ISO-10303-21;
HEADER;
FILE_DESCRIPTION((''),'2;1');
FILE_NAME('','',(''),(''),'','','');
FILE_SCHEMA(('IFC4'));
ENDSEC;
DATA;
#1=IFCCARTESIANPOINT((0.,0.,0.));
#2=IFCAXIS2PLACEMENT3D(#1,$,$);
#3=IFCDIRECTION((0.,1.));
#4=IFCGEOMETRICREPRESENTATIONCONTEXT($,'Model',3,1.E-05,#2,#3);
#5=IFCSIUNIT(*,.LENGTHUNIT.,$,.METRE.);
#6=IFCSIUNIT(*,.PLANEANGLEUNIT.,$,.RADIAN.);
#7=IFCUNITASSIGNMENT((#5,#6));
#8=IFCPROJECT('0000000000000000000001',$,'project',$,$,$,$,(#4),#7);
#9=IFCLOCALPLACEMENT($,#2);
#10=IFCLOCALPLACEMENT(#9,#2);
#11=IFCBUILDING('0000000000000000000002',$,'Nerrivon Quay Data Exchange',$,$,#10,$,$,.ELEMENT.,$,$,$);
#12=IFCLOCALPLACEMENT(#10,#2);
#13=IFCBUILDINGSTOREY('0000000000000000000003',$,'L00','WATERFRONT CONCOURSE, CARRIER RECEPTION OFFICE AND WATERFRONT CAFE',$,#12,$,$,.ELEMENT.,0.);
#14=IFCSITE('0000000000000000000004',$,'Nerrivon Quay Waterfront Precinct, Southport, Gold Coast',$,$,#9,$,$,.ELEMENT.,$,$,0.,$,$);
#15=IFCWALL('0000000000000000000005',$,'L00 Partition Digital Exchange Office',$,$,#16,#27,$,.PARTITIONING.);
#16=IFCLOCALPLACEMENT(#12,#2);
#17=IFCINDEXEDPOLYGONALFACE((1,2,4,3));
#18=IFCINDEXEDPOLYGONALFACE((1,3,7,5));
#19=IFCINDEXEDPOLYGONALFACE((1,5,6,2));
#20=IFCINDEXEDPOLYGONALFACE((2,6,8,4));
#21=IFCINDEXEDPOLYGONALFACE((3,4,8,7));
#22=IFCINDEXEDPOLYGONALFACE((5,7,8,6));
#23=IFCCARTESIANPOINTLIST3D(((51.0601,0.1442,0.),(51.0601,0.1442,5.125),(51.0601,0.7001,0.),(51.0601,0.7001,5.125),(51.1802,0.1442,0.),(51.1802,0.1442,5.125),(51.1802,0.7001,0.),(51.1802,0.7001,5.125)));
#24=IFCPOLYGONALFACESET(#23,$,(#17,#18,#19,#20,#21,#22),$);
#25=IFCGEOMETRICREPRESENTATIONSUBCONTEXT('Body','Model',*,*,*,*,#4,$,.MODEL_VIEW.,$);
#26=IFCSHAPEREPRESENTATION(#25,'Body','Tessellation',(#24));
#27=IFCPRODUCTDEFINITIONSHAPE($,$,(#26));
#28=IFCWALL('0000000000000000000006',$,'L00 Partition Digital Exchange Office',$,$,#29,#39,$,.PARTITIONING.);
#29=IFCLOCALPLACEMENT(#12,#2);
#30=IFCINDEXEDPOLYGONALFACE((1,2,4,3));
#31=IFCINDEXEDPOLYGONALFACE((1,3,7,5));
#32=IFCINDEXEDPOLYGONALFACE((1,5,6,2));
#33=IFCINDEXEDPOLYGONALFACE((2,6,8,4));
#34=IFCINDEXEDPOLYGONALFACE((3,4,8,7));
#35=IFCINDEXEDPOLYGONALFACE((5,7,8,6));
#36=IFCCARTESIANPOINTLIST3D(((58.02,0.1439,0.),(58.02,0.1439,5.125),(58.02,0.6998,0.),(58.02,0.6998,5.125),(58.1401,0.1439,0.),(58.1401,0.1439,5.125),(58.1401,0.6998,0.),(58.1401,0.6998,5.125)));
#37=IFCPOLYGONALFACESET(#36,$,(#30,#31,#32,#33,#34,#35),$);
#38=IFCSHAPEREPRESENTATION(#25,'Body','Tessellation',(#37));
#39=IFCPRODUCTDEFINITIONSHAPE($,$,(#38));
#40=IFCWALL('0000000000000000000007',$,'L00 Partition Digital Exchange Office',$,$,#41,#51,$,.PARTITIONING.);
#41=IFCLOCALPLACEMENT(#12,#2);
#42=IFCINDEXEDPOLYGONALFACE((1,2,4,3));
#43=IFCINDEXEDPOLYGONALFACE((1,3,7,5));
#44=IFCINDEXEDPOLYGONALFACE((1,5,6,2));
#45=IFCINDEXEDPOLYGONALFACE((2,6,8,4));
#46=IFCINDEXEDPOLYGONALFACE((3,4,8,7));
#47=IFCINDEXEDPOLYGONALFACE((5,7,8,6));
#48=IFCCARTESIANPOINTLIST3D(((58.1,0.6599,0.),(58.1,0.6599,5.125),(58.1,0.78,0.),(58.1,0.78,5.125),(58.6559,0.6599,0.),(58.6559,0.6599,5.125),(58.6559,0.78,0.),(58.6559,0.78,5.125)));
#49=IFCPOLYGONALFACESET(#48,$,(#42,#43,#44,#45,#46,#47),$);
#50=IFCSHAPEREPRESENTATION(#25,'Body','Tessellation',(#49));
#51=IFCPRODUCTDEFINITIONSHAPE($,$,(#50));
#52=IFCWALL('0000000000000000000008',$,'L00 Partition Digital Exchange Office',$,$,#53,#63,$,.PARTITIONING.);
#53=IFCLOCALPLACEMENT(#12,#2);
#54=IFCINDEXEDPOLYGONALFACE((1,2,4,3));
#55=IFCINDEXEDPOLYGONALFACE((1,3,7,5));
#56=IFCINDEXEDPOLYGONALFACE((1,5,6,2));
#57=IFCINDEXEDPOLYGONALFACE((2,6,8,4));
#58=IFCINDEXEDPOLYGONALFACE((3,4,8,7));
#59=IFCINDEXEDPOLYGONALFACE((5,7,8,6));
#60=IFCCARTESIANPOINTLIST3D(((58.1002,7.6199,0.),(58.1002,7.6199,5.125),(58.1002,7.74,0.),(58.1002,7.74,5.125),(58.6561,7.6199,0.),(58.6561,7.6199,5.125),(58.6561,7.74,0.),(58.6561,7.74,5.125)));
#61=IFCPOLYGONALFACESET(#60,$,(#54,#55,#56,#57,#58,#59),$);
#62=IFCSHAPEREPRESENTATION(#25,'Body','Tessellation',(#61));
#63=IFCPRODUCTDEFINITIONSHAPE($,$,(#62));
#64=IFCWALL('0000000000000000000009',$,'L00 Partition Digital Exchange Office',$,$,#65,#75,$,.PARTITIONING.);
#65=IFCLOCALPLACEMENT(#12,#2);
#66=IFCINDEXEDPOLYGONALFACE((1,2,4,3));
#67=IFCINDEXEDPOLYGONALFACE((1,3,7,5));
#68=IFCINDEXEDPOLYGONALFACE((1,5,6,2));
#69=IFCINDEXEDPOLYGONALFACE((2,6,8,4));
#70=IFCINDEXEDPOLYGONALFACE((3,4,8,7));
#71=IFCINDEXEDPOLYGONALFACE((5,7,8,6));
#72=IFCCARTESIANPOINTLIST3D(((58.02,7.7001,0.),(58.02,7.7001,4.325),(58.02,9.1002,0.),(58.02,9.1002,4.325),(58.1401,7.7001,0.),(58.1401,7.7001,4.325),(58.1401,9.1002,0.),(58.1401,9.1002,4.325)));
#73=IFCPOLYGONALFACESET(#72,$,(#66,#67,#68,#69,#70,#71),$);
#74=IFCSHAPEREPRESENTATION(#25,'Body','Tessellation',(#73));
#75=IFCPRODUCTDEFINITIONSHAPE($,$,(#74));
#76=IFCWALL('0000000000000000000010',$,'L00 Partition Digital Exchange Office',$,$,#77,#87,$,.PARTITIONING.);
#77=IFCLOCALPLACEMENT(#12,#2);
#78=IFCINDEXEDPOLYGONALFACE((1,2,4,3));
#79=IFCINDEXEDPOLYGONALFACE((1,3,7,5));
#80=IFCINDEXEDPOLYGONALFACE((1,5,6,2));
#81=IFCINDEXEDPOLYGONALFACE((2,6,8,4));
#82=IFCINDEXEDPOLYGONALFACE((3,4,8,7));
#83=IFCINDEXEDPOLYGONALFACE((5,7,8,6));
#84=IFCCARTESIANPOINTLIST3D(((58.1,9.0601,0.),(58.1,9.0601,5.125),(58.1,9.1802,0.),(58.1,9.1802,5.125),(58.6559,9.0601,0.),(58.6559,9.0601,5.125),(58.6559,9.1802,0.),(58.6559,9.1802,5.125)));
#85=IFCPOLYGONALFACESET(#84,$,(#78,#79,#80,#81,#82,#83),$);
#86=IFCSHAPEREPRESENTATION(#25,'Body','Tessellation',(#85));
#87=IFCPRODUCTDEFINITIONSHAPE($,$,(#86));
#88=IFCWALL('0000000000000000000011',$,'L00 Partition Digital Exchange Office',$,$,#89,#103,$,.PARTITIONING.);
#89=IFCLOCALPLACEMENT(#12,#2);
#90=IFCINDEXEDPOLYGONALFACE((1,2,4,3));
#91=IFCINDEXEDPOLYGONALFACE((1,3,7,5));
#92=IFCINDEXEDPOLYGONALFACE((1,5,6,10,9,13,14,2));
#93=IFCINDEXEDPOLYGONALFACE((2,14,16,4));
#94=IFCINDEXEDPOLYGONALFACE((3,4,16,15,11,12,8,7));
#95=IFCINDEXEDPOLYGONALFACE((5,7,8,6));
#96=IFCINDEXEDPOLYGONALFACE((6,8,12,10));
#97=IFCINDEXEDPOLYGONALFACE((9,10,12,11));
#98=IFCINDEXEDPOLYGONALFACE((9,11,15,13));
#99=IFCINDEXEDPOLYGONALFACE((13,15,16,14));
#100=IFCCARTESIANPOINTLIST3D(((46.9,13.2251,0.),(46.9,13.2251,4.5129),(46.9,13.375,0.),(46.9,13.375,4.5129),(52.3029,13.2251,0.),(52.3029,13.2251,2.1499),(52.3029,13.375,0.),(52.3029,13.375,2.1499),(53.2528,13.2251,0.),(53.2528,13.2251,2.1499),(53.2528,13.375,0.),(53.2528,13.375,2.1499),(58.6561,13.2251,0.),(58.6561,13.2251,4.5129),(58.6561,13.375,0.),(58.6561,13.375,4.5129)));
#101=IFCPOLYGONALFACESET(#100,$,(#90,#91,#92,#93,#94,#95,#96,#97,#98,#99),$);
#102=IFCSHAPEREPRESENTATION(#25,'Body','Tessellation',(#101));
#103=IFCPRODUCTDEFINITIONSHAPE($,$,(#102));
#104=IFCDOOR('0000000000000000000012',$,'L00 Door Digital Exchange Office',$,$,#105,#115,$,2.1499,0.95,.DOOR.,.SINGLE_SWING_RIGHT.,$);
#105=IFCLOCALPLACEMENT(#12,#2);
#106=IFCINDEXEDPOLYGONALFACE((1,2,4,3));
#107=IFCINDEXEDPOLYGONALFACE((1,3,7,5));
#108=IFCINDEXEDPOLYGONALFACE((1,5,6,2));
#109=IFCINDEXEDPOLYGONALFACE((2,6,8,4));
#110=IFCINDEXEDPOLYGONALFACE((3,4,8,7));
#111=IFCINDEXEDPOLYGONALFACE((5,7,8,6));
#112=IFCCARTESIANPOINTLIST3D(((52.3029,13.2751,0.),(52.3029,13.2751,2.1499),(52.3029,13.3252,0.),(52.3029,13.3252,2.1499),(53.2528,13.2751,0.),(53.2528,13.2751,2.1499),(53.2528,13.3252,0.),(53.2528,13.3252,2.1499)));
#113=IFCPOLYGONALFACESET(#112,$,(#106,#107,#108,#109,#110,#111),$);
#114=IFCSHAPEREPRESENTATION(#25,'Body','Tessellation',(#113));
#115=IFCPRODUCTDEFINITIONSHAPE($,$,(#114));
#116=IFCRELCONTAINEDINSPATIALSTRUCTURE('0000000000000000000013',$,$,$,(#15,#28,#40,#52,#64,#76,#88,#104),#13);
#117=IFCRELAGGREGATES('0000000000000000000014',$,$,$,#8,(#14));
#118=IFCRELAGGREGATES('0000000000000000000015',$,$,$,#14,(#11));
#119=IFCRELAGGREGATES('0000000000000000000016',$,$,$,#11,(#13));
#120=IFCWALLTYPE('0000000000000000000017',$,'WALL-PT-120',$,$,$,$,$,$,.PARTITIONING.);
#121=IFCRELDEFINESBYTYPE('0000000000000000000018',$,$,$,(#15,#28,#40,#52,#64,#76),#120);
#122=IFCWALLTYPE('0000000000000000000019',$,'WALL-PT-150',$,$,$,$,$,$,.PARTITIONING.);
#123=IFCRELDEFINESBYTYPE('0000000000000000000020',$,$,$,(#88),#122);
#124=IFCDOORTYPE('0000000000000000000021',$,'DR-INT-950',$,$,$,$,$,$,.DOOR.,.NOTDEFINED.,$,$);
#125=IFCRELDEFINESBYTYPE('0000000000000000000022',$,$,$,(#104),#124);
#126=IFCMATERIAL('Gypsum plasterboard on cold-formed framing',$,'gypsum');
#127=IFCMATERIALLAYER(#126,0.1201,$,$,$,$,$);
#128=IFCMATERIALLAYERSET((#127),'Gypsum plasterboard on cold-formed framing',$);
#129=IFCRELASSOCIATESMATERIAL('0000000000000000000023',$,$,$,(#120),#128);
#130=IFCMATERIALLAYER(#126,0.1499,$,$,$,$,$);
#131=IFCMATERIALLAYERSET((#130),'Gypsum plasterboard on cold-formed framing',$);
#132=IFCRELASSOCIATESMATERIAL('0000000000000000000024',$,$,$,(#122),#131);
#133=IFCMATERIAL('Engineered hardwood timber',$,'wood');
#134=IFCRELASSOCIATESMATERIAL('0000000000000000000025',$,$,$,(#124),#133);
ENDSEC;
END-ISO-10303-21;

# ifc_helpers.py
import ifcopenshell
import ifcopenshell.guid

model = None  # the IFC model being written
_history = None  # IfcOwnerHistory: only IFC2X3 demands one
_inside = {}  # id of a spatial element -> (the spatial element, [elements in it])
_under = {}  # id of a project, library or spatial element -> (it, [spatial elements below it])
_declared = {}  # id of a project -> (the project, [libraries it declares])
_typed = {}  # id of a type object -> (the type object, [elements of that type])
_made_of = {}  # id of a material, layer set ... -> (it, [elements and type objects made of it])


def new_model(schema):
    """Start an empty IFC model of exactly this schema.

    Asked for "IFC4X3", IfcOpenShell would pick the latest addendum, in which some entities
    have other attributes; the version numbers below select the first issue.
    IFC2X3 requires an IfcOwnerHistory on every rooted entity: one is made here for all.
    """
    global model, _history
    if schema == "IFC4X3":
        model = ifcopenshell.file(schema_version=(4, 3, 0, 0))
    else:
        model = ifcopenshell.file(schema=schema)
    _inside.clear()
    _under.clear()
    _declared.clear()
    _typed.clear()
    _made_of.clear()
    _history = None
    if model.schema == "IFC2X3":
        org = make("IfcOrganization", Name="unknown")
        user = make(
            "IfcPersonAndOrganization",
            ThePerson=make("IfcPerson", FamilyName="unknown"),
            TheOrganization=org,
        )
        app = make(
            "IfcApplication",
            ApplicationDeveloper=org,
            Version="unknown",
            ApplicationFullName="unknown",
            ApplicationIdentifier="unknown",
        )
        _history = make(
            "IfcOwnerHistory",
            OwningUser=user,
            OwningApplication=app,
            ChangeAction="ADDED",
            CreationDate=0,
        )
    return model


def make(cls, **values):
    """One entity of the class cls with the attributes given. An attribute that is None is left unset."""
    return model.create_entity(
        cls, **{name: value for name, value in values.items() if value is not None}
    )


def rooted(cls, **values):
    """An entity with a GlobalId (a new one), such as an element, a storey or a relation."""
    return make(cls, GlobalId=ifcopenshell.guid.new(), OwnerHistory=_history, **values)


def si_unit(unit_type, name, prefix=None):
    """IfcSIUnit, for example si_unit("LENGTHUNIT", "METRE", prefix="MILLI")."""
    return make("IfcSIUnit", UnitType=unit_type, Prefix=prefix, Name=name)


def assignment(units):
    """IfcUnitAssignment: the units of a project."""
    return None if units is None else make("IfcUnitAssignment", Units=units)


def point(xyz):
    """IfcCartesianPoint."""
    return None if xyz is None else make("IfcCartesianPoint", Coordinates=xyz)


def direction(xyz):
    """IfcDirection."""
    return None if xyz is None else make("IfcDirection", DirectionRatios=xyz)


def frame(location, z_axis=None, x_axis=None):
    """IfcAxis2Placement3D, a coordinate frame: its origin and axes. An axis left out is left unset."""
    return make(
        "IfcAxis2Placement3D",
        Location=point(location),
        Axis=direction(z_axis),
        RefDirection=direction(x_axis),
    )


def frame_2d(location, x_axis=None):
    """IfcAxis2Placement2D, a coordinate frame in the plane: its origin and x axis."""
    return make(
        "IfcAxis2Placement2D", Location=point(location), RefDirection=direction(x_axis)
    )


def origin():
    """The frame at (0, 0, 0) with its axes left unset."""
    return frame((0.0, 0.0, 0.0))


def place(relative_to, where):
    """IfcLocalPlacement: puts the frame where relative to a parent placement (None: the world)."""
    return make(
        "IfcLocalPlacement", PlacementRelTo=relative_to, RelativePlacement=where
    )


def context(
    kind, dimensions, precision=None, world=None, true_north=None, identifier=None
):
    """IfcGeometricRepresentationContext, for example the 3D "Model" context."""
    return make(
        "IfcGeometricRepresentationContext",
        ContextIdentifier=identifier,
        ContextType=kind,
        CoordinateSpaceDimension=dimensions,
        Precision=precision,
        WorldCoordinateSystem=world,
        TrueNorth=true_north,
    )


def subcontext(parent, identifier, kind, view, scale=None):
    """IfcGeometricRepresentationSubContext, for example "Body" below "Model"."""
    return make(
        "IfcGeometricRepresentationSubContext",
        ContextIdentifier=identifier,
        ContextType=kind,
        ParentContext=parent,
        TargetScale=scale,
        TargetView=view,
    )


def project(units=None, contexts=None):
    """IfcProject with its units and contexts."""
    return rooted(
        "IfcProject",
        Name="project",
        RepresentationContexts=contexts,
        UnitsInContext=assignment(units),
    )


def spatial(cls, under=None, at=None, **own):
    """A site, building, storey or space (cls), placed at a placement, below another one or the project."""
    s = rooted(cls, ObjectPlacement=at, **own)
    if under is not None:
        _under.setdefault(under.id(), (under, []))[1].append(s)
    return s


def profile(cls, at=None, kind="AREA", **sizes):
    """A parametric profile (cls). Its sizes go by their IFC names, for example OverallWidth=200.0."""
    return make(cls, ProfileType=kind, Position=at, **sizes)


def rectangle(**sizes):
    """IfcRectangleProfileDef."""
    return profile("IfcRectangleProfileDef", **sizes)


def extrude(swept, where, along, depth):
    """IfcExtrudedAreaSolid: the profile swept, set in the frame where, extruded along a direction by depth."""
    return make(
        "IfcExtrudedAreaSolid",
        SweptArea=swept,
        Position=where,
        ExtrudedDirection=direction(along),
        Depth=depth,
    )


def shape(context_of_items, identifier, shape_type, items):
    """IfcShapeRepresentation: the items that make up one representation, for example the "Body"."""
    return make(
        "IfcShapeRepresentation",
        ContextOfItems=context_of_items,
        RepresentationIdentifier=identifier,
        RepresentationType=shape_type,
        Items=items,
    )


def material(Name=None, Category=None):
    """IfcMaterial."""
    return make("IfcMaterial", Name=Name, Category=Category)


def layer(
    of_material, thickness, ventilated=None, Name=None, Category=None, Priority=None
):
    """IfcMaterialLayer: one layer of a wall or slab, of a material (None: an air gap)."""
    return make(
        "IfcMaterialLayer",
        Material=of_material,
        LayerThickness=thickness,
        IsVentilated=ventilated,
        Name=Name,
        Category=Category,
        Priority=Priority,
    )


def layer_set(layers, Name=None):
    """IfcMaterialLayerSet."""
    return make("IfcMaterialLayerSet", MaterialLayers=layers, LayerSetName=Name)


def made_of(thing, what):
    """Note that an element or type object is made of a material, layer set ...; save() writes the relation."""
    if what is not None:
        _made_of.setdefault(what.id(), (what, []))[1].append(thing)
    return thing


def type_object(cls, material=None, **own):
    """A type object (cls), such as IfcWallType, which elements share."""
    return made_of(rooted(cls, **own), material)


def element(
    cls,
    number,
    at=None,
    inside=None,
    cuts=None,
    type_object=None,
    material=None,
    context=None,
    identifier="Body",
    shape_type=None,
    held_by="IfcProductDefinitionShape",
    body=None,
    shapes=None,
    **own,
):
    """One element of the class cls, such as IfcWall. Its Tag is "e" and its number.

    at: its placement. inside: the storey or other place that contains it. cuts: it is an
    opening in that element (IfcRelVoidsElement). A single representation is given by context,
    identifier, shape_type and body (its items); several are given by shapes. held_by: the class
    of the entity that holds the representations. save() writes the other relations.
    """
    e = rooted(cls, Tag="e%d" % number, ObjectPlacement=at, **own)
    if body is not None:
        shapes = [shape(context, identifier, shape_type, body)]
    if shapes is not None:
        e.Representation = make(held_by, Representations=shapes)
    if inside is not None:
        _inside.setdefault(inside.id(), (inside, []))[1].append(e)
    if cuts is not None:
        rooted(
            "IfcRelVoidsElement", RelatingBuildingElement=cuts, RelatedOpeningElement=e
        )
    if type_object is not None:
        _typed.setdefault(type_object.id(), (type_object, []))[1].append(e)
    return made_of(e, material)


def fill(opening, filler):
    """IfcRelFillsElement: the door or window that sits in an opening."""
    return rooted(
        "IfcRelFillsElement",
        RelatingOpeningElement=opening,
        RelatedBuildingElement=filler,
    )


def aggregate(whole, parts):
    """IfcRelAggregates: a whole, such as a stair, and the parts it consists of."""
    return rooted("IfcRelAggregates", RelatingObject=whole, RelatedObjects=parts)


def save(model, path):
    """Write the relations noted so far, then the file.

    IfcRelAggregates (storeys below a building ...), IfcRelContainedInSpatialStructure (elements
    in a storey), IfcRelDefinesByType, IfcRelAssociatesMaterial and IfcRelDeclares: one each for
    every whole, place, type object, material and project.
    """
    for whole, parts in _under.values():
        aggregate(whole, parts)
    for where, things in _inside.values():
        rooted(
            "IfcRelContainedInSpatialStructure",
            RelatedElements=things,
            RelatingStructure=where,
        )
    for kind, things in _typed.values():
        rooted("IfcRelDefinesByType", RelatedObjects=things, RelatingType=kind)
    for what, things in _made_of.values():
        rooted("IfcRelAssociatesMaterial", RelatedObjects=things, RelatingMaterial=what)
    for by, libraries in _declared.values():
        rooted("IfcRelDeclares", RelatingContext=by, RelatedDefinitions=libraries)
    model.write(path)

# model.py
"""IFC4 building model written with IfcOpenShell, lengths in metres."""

from ifc_helpers import new_model, si_unit, direction, frame, frame_2d, origin, place, context, subcontext, project, spatial, rectangle, extrude, material, layer, layer_set, type_object, element, fill, save


model = new_model("IFC4")

# Units and contexts
model_context = context("Model", 3, precision=1e-05, world=origin(), true_north=direction((0.0, 1.0)))
body_context = subcontext(model_context, "Body", "Model", "MODEL_VIEW")
ifc_project = project(units=[si_unit("LENGTHUNIT", "METRE"), si_unit("PLANEANGLEUNIT", "RADIAN")], contexts=[model_context])

# Site, building, storey
site_placement = place(None, origin())
site = spatial("IfcSite", under=ifc_project, at=site_placement, Name="Nerrivon Quay Waterfront Precinct, Southport, Gold Coast", CompositionType="ELEMENT", RefElevation=0.0)
building_placement = place(site_placement, origin())
building = spatial("IfcBuilding", under=site, at=building_placement, Name="Nerrivon Quay Data Exchange", CompositionType="ELEMENT")
storey_placement = place(building_placement, origin())
storey = spatial("IfcBuildingStorey", under=building, at=storey_placement, Name="L00", Description="WATERFRONT CONCOURSE, CARRIER RECEPTION OFFICE AND WATERFRONT CAFE", CompositionType="ELEMENT", Elevation=0.0)

# Walls
ifc_material_1 = material(Name="Gypsum plasterboard on cold-formed framing", Category="gypsum")
ifc_layer_1 = layer(ifc_material_1, 0.1201)
ifc_layer_set_1 = layer_set([ifc_layer_1], Name="Gypsum plasterboard on cold-formed framing")
wall_type_1 = type_object("IfcWallType", Name="WALL-PT-120", PredefinedType="PARTITIONING", material=ifc_layer_set_1)
for number, where, z_axis, x_axis, name in (
    (1, (51.1201, 0.7, 0.0), (0.0, 0.0, 1.0), (0.0, -1.0, 0.0), "L00 Partition Digital Exchange Office"),
    (2, (58.0801, 0.144, 0.0), (0.0, 0.0, 1.0), (0.0, 1.0, 0.0), "L00 Partition Digital Exchange Office"),
    (3, (58.1001, 0.72, 0.0), (0.0, 0.0, 1.0), (1.0, 0.0, 0.0), "L00 Partition Digital Exchange Office"),
    (4, (58.656, 7.6799, 0.0), (0.0, 0.0, 1.0), (-1.0, 0.0, 0.0), "L00 Partition Digital Exchange Office"),
):
    element("IfcWall", number, at=place(storey_placement, frame(where, z_axis=z_axis, x_axis=x_axis)), inside=storey, type_object=wall_type_1, Name=name, PredefinedType="PARTITIONING", context=body_context, shape_type="SweptSolid", body=[
        extrude(rectangle(XDim=0.5559, YDim=0.1201, at=frame_2d((0.2778, 0.0))), origin(), (0.0, 0.0, 1.0), 5.125),
    ])
wall_1_placement = place(storey_placement, frame((58.0801, 7.7, 0.0), z_axis=(0.0, 0.0, 1.0), x_axis=(0.0, 1.0, 0.0)))
element("IfcWall", 5, at=wall_1_placement, inside=storey, type_object=wall_type_1, Name="L00 Partition Digital Exchange Office", PredefinedType="PARTITIONING", context=body_context, shape_type="SweptSolid", body=[
    extrude(rectangle(XDim=1.4001, YDim=0.1201, at=frame_2d((0.7002, 0.0))), origin(), (0.0, 0.0, 1.0), 4.325),
])
wall_2_placement = place(storey_placement, frame((58.1001, 9.1201, 0.0), z_axis=(0.0, 0.0, 1.0), x_axis=(1.0, 0.0, 0.0)))
element("IfcWall", 6, at=wall_2_placement, inside=storey, type_object=wall_type_1, Name="L00 Partition Digital Exchange Office", PredefinedType="PARTITIONING", context=body_context, shape_type="SweptSolid", body=[
    extrude(rectangle(XDim=0.5559, YDim=0.1201, at=frame_2d((0.2778, 0.0))), origin(), (0.0, 0.0, 1.0), 5.125),
])

# Wall, opening, door
ifc_layer_2 = layer(ifc_material_1, 0.1499)
ifc_layer_set_2 = layer_set([ifc_layer_2], Name="Gypsum plasterboard on cold-formed framing")
wall_type_2 = type_object("IfcWallType", Name="WALL-PT-150", PredefinedType="PARTITIONING", material=ifc_layer_set_2)
wall_3_placement = place(storey_placement, frame((58.656, 13.3, 0.0), z_axis=(0.0, 0.0, 1.0), x_axis=(-1.0, 0.0, 0.0)))
wall_3 = element("IfcWall", 7, at=wall_3_placement, inside=storey, type_object=wall_type_2, Name="L00 Partition Digital Exchange Office", PredefinedType="PARTITIONING", context=body_context, shape_type="SweptSolid", body=[
    extrude(rectangle(XDim=11.7561, YDim=0.1499, at=frame_2d((5.8779, 0.0))), origin(), (0.0, 0.0, 1.0), 4.5129),
])
opening_1_placement = place(wall_3_placement, frame((5.4031, 0.0, 0.0)))
opening_1 = element("IfcOpeningElement", 8, at=opening_1_placement, cuts=wall_3, PredefinedType="OPENING", context=body_context, shape_type="SweptSolid", body=[
    extrude(rectangle(XDim=0.95, YDim=2.1499, at=frame_2d((0.4751, 1.075))), frame((0.0, 0.085, 0.0), z_axis=(0.0, -1.0, 0.0), x_axis=(1.0, 0.0, 0.0)), (0.0, 0.0, 1.0), 0.1699),
])
ifc_material_2 = material(Name="Engineered hardwood timber", Category="wood")
door_type_1 = type_object("IfcDoorType", Name="DR-INT-950", OperationType="NOTDEFINED", PredefinedType="DOOR", material=ifc_material_2)
door_1_placement = place(opening_1_placement, origin())
door_1 = element("IfcDoor", 9, at=door_1_placement, inside=storey, type_object=door_type_1, Name="L00 Door Digital Exchange Office", OperationType="SINGLE_SWING_RIGHT", OverallHeight=2.1499, OverallWidth=0.95, PredefinedType="DOOR", context=body_context, shape_type="SweptSolid", body=[
    extrude(rectangle(XDim=0.95, YDim=2.1499, at=frame_2d((0.4751, 1.075))), frame((0.0, 0.0249, 0.0), z_axis=(0.0, -1.0, 0.0), x_axis=(1.0, 0.0, 0.0)), (0.0, 0.0, 1.0), 0.05),
])
fill(opening_1, door_1)

save(model, "model.ifc")
